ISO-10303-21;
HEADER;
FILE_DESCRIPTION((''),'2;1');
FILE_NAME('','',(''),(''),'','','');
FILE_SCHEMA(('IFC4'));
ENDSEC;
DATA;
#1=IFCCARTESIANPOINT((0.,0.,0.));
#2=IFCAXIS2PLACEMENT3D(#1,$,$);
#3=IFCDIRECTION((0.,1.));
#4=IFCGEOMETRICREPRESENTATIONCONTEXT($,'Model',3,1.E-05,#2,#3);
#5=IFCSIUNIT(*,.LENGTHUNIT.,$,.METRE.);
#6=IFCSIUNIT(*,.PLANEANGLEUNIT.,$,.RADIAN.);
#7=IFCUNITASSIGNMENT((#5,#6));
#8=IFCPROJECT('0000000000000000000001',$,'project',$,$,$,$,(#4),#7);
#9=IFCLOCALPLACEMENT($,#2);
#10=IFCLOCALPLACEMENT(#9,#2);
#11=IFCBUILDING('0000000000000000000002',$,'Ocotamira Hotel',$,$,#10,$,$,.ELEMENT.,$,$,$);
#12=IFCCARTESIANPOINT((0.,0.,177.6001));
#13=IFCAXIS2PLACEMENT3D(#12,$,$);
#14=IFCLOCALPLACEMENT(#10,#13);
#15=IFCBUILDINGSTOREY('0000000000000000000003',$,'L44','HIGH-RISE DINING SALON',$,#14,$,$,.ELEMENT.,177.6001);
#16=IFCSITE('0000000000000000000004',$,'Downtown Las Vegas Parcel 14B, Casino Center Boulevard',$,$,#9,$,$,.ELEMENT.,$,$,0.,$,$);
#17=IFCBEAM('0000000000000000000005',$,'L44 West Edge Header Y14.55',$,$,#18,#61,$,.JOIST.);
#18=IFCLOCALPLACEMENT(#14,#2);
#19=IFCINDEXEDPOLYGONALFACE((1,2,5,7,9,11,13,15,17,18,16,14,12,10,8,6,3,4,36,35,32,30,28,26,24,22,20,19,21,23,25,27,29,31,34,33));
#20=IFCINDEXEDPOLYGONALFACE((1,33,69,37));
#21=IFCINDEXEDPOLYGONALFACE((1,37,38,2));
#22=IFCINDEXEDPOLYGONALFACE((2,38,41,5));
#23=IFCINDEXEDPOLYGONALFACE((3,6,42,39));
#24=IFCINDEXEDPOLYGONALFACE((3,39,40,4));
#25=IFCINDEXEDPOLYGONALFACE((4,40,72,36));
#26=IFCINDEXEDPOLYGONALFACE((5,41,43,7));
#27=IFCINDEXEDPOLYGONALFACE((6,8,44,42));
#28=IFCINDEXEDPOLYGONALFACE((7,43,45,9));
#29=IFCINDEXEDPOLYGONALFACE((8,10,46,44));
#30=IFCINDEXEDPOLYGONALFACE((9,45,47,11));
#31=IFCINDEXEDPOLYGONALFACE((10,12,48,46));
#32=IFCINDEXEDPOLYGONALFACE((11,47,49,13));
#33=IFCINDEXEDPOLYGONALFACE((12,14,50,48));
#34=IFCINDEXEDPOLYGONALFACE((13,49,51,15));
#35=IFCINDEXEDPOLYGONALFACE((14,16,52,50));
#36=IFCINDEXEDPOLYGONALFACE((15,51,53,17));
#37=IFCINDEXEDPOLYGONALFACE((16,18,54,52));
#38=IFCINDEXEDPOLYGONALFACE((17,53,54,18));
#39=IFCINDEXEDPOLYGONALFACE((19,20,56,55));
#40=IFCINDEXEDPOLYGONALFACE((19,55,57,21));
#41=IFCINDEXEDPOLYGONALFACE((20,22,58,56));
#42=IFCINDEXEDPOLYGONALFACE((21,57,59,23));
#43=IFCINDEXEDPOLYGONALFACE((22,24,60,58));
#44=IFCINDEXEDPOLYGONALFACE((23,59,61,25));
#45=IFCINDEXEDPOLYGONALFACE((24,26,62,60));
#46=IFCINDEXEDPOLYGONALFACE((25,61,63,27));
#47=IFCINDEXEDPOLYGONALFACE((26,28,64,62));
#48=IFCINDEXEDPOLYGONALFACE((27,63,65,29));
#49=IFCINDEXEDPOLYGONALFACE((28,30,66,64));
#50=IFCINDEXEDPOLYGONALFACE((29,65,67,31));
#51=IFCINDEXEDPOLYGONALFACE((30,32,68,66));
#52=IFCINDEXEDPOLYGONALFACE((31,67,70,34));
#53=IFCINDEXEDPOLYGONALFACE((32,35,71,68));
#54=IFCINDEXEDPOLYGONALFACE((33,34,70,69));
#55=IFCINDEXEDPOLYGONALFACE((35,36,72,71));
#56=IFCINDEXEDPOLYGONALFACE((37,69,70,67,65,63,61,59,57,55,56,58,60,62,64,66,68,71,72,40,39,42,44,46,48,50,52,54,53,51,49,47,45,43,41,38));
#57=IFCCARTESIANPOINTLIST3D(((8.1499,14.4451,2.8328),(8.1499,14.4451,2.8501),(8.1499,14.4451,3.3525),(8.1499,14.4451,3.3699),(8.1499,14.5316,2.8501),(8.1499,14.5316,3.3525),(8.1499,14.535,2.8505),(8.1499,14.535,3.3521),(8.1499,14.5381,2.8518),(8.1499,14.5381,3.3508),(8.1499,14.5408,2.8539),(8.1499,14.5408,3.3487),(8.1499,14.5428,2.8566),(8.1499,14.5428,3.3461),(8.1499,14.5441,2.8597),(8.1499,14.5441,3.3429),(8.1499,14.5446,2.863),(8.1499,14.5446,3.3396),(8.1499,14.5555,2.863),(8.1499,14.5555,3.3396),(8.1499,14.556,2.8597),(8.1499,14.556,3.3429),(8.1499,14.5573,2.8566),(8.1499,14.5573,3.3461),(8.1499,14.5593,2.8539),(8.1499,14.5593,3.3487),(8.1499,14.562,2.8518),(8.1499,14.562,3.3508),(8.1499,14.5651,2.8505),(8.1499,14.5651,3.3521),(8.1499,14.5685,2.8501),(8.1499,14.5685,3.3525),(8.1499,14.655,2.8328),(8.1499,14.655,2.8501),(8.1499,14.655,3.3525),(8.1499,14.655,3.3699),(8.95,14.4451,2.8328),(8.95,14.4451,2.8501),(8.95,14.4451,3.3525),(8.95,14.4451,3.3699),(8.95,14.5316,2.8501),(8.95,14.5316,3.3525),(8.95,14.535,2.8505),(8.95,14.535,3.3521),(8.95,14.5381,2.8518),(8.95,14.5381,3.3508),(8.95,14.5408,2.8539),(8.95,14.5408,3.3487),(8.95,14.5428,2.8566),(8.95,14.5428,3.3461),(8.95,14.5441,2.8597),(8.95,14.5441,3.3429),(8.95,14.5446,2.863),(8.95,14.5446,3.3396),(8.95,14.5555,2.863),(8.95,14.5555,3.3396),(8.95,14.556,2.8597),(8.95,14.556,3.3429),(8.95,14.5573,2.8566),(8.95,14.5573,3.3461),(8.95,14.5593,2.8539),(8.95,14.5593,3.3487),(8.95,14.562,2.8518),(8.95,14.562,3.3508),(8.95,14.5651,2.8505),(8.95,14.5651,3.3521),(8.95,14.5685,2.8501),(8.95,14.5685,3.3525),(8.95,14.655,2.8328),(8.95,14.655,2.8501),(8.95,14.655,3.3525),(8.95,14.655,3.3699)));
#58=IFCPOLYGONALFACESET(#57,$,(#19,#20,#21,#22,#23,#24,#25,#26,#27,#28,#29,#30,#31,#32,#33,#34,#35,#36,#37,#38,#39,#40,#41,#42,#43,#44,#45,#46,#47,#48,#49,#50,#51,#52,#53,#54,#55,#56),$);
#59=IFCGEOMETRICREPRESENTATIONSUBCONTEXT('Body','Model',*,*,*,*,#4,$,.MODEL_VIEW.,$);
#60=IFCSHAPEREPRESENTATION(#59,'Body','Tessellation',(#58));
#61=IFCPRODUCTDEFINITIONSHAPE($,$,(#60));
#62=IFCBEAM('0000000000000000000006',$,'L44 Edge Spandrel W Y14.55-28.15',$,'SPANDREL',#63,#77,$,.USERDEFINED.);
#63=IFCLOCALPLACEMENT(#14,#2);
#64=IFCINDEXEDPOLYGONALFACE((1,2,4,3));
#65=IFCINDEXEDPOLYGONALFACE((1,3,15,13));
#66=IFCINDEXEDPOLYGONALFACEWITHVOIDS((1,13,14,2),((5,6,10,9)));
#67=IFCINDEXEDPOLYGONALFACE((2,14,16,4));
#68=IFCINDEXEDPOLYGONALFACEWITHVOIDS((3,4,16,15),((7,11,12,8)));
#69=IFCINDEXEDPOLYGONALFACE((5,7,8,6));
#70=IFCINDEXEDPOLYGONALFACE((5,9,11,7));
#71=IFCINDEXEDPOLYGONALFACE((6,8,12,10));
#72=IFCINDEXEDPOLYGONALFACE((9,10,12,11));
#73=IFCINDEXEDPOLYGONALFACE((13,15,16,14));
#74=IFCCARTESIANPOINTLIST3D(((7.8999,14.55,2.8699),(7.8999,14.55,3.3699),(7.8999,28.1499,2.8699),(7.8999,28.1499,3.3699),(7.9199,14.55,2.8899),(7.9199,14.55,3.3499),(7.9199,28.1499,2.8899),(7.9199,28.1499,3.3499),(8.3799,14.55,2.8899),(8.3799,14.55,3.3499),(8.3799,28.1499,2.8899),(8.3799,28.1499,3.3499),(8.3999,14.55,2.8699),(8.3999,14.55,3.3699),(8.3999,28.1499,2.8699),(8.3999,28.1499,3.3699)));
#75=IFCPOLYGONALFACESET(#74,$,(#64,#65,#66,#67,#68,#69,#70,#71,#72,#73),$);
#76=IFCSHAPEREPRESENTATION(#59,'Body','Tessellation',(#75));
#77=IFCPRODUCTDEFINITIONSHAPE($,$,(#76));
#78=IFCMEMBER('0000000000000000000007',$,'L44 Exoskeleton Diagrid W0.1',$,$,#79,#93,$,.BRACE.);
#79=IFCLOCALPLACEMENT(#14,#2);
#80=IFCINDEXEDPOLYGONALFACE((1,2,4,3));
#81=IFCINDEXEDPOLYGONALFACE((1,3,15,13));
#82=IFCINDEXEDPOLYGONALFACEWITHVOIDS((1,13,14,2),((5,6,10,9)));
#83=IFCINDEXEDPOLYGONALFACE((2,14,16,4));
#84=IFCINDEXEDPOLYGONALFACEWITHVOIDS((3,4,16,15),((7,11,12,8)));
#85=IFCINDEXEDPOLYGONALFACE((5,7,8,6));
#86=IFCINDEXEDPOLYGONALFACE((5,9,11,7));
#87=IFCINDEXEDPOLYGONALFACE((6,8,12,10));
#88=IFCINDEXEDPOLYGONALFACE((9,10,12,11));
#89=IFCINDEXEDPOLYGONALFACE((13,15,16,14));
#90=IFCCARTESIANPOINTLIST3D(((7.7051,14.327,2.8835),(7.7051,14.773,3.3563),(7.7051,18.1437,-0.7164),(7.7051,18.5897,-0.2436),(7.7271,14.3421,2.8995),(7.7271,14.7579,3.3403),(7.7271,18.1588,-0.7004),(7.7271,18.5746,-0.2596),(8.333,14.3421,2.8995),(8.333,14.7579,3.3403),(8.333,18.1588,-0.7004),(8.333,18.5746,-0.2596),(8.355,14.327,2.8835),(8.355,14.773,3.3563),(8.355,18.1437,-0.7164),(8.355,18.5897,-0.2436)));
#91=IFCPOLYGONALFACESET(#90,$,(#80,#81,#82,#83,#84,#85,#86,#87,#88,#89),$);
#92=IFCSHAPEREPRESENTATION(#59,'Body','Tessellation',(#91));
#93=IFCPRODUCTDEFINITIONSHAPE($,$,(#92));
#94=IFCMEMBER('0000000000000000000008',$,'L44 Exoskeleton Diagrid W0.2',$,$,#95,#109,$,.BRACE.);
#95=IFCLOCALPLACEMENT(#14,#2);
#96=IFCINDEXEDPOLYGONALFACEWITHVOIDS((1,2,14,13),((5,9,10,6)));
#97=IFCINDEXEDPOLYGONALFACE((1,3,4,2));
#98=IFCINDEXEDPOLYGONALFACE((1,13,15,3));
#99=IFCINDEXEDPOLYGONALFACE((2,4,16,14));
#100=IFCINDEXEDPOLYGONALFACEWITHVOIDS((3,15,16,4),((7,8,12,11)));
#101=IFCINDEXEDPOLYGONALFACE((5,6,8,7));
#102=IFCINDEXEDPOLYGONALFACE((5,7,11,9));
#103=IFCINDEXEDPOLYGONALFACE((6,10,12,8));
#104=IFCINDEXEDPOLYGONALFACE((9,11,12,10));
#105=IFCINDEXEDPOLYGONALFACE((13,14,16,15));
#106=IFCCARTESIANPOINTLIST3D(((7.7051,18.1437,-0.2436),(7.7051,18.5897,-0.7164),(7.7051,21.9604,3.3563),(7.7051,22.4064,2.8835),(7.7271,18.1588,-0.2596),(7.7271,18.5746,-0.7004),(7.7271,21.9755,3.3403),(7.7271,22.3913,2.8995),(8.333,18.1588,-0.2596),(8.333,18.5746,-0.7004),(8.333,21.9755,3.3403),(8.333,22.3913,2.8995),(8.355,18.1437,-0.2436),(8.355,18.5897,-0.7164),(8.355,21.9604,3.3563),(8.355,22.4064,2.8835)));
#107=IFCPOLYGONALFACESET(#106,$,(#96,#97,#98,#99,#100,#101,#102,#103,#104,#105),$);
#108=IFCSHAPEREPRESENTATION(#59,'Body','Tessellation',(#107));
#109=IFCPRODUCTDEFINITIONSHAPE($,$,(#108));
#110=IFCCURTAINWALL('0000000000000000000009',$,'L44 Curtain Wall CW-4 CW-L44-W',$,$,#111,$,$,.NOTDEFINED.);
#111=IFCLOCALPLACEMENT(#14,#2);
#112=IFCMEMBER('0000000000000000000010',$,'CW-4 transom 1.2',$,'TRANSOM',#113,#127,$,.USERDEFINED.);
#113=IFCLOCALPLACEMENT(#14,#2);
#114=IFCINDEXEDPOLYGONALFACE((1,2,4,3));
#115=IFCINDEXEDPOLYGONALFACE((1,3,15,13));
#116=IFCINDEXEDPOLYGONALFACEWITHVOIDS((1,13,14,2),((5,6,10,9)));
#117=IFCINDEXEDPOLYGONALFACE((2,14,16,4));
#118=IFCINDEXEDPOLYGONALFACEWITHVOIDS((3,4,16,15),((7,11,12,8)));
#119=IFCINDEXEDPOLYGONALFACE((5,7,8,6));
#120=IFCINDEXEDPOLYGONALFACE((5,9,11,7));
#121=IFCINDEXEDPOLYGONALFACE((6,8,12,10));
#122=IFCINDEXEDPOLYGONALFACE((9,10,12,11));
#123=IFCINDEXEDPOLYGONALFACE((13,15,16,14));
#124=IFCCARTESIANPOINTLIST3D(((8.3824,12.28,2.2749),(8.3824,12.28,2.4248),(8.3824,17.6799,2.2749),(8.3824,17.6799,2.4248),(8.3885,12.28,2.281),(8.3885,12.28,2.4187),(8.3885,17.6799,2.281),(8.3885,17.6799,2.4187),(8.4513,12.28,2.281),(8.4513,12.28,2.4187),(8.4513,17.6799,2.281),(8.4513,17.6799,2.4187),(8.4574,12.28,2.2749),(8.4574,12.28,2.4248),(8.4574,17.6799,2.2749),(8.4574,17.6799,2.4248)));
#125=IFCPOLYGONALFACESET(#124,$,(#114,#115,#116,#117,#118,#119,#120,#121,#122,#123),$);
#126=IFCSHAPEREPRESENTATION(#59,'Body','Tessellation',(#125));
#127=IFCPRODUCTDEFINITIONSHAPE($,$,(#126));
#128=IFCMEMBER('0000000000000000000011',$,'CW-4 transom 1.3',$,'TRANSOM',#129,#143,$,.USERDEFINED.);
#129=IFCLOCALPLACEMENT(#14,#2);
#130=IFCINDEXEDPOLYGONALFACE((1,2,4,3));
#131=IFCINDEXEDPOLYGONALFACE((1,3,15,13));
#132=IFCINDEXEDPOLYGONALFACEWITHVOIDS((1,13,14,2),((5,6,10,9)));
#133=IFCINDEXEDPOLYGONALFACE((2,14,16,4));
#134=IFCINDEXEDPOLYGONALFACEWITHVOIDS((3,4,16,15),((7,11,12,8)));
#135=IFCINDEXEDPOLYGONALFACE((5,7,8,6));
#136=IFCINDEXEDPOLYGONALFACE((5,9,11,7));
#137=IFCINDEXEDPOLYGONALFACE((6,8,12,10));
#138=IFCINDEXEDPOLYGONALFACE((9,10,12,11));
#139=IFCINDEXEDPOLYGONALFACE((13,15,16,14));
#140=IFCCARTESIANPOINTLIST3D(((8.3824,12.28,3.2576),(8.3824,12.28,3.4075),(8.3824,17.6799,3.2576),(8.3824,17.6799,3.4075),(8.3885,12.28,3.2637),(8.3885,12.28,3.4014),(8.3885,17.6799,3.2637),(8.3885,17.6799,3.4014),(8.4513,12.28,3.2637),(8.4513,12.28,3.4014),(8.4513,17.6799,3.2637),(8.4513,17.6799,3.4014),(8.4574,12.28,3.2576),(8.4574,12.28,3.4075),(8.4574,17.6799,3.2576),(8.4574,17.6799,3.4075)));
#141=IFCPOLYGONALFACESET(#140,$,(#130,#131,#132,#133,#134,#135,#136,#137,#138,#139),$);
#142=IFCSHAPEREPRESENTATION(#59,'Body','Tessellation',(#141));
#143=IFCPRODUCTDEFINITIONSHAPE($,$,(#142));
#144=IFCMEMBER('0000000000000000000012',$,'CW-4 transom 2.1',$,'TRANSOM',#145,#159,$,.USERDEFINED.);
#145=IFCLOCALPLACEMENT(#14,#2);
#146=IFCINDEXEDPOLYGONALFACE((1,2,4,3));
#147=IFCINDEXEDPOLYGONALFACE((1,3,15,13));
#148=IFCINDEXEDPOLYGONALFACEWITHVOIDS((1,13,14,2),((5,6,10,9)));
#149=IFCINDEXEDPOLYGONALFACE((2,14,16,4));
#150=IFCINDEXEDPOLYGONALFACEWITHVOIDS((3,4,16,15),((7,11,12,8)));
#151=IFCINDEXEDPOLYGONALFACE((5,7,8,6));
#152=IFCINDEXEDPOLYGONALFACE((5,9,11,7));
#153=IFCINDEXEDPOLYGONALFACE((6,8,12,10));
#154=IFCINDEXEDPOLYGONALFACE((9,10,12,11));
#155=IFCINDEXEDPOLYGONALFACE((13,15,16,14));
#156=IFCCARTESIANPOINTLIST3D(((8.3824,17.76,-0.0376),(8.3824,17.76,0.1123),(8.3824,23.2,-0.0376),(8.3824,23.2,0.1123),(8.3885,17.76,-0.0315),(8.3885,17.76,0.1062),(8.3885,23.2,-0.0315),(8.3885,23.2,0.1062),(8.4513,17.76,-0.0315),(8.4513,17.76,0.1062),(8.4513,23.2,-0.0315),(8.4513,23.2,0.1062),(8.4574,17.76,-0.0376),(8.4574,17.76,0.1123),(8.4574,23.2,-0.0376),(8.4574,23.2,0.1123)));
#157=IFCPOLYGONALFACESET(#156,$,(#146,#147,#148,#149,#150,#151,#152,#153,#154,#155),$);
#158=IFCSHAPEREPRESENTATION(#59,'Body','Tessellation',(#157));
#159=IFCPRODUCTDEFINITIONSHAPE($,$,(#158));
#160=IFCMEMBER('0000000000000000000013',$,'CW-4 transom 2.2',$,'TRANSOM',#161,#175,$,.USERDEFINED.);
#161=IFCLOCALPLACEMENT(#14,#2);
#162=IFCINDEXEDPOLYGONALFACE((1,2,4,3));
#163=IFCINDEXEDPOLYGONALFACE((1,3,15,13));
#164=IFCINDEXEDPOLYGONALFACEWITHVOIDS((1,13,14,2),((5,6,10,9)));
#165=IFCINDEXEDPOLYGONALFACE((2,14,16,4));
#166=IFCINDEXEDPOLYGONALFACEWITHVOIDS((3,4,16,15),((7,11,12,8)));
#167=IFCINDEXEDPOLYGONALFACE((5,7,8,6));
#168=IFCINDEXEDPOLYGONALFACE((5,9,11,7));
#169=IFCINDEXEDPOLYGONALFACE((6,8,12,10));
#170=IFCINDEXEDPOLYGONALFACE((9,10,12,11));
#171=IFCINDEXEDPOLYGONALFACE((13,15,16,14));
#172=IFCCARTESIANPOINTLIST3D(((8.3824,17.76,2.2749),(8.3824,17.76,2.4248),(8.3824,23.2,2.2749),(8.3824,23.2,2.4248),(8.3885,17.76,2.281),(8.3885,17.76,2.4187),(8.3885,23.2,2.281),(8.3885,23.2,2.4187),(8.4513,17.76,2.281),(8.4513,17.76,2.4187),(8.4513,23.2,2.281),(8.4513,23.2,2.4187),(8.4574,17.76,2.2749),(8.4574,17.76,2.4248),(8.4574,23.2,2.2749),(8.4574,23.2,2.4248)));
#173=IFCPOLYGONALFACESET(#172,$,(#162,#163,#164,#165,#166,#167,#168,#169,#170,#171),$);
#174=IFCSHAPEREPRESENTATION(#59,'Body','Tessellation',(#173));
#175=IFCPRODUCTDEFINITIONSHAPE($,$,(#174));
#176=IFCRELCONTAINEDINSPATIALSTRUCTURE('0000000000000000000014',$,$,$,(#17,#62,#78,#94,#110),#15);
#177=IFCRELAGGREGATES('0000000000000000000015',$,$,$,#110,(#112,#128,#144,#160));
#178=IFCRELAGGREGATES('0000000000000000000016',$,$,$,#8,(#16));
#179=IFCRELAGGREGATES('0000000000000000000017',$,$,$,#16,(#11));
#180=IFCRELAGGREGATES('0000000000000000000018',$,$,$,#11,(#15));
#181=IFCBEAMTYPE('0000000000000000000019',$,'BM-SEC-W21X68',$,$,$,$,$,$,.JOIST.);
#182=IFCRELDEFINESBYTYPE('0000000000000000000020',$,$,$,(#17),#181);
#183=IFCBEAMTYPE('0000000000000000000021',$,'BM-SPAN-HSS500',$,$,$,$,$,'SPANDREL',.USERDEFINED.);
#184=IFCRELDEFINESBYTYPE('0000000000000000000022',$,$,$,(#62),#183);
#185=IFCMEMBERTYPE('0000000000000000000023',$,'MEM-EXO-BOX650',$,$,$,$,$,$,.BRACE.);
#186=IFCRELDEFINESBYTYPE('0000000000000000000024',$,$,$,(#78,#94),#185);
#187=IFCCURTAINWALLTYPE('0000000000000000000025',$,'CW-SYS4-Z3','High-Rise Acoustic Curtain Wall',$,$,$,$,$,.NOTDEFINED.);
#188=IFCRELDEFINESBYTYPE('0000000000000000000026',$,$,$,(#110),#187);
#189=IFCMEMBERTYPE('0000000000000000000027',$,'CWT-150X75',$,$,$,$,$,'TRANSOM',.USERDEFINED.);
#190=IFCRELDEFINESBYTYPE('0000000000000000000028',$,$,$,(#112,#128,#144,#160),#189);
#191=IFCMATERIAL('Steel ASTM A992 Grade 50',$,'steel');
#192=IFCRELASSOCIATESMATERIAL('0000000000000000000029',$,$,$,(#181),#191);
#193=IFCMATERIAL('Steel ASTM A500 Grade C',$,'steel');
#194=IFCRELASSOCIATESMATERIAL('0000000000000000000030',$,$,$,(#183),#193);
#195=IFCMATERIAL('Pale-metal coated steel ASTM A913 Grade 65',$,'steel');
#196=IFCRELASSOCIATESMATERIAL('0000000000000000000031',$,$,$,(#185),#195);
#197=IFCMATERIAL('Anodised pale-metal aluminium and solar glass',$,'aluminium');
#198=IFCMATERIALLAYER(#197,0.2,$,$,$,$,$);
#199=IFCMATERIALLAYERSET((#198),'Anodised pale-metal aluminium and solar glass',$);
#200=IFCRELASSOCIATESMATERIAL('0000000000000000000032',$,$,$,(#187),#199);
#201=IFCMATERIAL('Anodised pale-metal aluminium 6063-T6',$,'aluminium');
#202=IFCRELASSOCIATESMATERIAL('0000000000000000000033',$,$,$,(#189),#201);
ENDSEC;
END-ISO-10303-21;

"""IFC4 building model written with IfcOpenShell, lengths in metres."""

from ifc_helpers import new_model, si_unit, direction, frame, origin, origin_2d, place, context, subcontext, project, spatial, hollow_rectangle, i_section, extrude, source, transform, mapped, material, layer, layer_set, material_profile, profile_set, type_object, element, aggregate, save


model = new_model("IFC4")

# Units and contexts
model_context = context("Model", 3, precision=1e-05, world=origin(), true_north=direction((0.0, 1.0)))
body_context = subcontext(model_context, "Body", "Model", "MODEL_VIEW")
ifc_project = project(units=[si_unit("LENGTHUNIT", "METRE"), si_unit("PLANEANGLEUNIT", "RADIAN")], contexts=[model_context])

# Site, building, storey
site_placement = place(None, origin())
site = spatial("IfcSite", under=ifc_project, at=site_placement, Name="Downtown Las Vegas Parcel 14B, Casino Center Boulevard", CompositionType="ELEMENT", RefElevation=0.0)
building_placement = place(site_placement, origin())
building = spatial("IfcBuilding", under=site, at=building_placement, Name="Ocotamira Hotel", CompositionType="ELEMENT")
storey_placement = place(building_placement, frame((0.0, 0.0, 177.6001)))
storey = spatial("IfcBuildingStorey", under=building, at=storey_placement, Name="L44", Description="HIGH-RISE DINING SALON", CompositionType="ELEMENT", Elevation=177.6001)

# Beams
ifc_material_1 = material(Name="Steel ASTM A992 Grade 50", Category="steel")
ifc_material_profile_1 = material_profile(ifc_material_1, i_section(OverallWidth=0.21, OverallDepth=0.5371, WebThickness=0.011, FlangeThickness=0.0173, FilletRadius=0.0129, at=origin_2d()), Name="W21X68")
ifc_profile_set_1 = profile_set([ifc_material_profile_1], Name="Steel ASTM A992 Grade 50")
beam_type_1 = type_object("IfcBeamType", Name="BM-SEC-W21X68", PredefinedType="JOIST", material=ifc_profile_set_1)
shared_shape_1 = source(origin(), body_context, "Body", "SweptSolid", [
    extrude(i_section(OverallWidth=0.21, OverallDepth=0.5371, WebThickness=0.011, FlangeThickness=0.0173, FilletRadius=0.0129, at=origin_2d()), origin(), (0.0, 0.0, 1.0), 0.8),
])
beam_1_placement = place(storey_placement, frame((8.95, 14.55, 3.1013), z_axis=(-1.0, 0.0, 0.0), x_axis=(0.0, -1.0, 0.0)))
element("IfcBeam", 1, at=beam_1_placement, inside=storey, type_object=beam_type_1, Name="L44 West Edge Header Y14.55", PredefinedType="JOIST", context=body_context, shape_type="MappedRepresentation", body=[
    mapped(shared_shape_1, transform((0.0, 0.0, 0.0), scale=1.0)),
])
ifc_material_2 = material(Name="Steel ASTM A500 Grade C", Category="steel")
ifc_material_profile_2 = material_profile(ifc_material_2, hollow_rectangle(XDim=0.5, YDim=0.5, WallThickness=0.02, at=origin_2d()), Name="HSS500X500X20")
ifc_profile_set_2 = profile_set([ifc_material_profile_2], Name="Steel ASTM A500 Grade C")
beam_type_2 = type_object("IfcBeamType", Name="BM-SPAN-HSS500", ElementType="SPANDREL", PredefinedType="USERDEFINED", material=ifc_profile_set_2)
shared_shape_2 = source(origin(), body_context, "Body", "SweptSolid", [
    extrude(hollow_rectangle(XDim=0.5, YDim=0.5, WallThickness=0.02, at=origin_2d()), origin(), (0.0, 0.0, 1.0), 13.5999),
])
beam_2_placement = place(storey_placement, frame((8.1499, 14.55, 3.1199), z_axis=(0.0, 1.0, 0.0), x_axis=(-1.0, 0.0, 0.0)))
element("IfcBeam", 2, at=beam_2_placement, inside=storey, type_object=beam_type_2, Name="L44 Edge Spandrel W Y14.55-28.15", ObjectType="SPANDREL", PredefinedType="USERDEFINED", context=body_context, shape_type="MappedRepresentation", body=[
    mapped(shared_shape_2, transform((0.0, 0.0, 0.0), scale=1.0)),
])

# Members
ifc_material_3 = material(Name="Pale-metal coated steel ASTM A913 Grade 65", Category="steel")
ifc_material_profile_3 = material_profile(ifc_material_3, hollow_rectangle(XDim=0.6499, YDim=0.6499, WallThickness=0.022, at=origin_2d()), Name="BOX650X650X22")
ifc_profile_set_3 = profile_set([ifc_material_profile_3], Name="Pale-metal coated steel ASTM A913 Grade 65")
member_type_1 = type_object("IfcMemberType", Name="MEM-EXO-BOX650", PredefinedType="BRACE", material=ifc_profile_set_3)
shared_shape_3 = source(origin(), body_context, "Body", "SweptSolid", [
    extrude(hollow_rectangle(XDim=0.6499, YDim=0.6499, WallThickness=0.022, at=origin_2d()), origin(), (0.0, 0.0, 1.0), 5.2466),
])
for number, where, z_axis, x_axis, name in (
    (3, (8.03, 18.3667, -0.48), (0.0, -0.727466, 0.686144), (1.0, 0.0, 0.0), "L44 Exoskeleton Diagrid W0.1"),
    (4, (8.03, 18.3667, -0.48), (0.0, 0.727466, 0.686144), (-1.0, 0.0, 0.0), "L44 Exoskeleton Diagrid W0.2"),
):
    element("IfcMember", number, at=place(storey_placement, frame(where, z_axis=z_axis, x_axis=x_axis)), inside=storey, type_object=member_type_1, Name=name, PredefinedType="BRACE", context=body_context, shape_type="MappedRepresentation", body=[
        mapped(shared_shape_3, transform((0.0, 0.0, 0.0), scale=1.0)),
    ])

# Curtain wall, members
ifc_material_4 = material(Name="Anodised pale-metal aluminium and solar glass", Category="aluminium")
ifc_layer_1 = layer(ifc_material_4, 0.2)
ifc_layer_set_1 = layer_set([ifc_layer_1], Name="Anodised pale-metal aluminium and solar glass")
curtain_wall_type = type_object("IfcCurtainWallType", Name="CW-SYS4-Z3", Description="High-Rise Acoustic Curtain Wall", PredefinedType="NOTDEFINED", material=ifc_layer_set_1)
curtain_wall_placement = place(storey_placement, origin())
curtain_wall = element("IfcCurtainWall", 5, at=curtain_wall_placement, inside=storey, type_object=curtain_wall_type, Name="L44 Curtain Wall CW-4 CW-L44-W", PredefinedType="NOTDEFINED")
ifc_material_5 = material(Name="Anodised pale-metal aluminium 6063-T6", Category="aluminium")
ifc_material_profile_4 = material_profile(ifc_material_5, hollow_rectangle(XDim=0.075, YDim=0.1499, WallThickness=0.0061, at=origin_2d()), Name="HSS150X75X6")
ifc_profile_set_4 = profile_set([ifc_material_profile_4], Name="Anodised pale-metal aluminium 6063-T6")
member_type_2 = type_object("IfcMemberType", Name="CWT-150X75", ElementType="TRANSOM", PredefinedType="USERDEFINED", material=ifc_profile_set_4)
shared_shape_4 = source(origin(), body_context, "Body", "SweptSolid", [
    extrude(hollow_rectangle(XDim=0.075, YDim=0.1499, WallThickness=0.0061, at=origin_2d()), origin(), (0.0, 0.0, 1.0), 5.3999),
])
member_1_placement = place(storey_placement, frame((8.4199, 12.28, 2.3499), z_axis=(0.0, 1.0, 0.0), x_axis=(-1.0, 0.0, 0.0)))
member_1 = element("IfcMember", 6, at=member_1_placement, type_object=member_type_2, Name="CW-4 transom 1.2", ObjectType="TRANSOM", PredefinedType="USERDEFINED", context=body_context, shape_type="MappedRepresentation", body=[
    mapped(shared_shape_4, transform((0.0, 0.0, 0.0), scale=1.0)),
])
member_2_placement = place(storey_placement, frame((8.4199, 12.28, 3.3325), z_axis=(0.0, 1.0, 0.0), x_axis=(-1.0, 0.0, 0.0)))
member_2 = element("IfcMember", 7, at=member_2_placement, type_object=member_type_2, Name="CW-4 transom 1.3", ObjectType="TRANSOM", PredefinedType="USERDEFINED", context=body_context, shape_type="MappedRepresentation", body=[
    mapped(shared_shape_4, transform((0.0, 0.0, 0.0), scale=1.0)),
])
shared_shape_5 = source(origin(), body_context, "Body", "SweptSolid", [
    extrude(hollow_rectangle(XDim=0.075, YDim=0.1499, WallThickness=0.0061, at=origin_2d()), origin(), (0.0, 0.0, 1.0), 5.4399),
])
member_3_placement = place(storey_placement, frame((8.4199, 17.76, 0.0374), z_axis=(0.0, 1.0, 0.0), x_axis=(-1.0, 0.0, 0.0)))
member_3 = element("IfcMember", 8, at=member_3_placement, type_object=member_type_2, Name="CW-4 transom 2.1", ObjectType="TRANSOM", PredefinedType="USERDEFINED", context=body_context, shape_type="MappedRepresentation", body=[
    mapped(shared_shape_5, transform((0.0, 0.0, 0.0), scale=1.0)),
])
member_4_placement = place(storey_placement, frame((8.4199, 17.76, 2.3499), z_axis=(0.0, 1.0, 0.0), x_axis=(-1.0, 0.0, 0.0)))
member_4 = element("IfcMember", 9, at=member_4_placement, type_object=member_type_2, Name="CW-4 transom 2.2", ObjectType="TRANSOM", PredefinedType="USERDEFINED", context=body_context, shape_type="MappedRepresentation", body=[
    mapped(shared_shape_5, transform((0.0, 0.0, 0.0), scale=1.0)),
])

aggregate(curtain_wall, [member_1, member_2, member_3, member_4])

save(model, "model.ifc")
